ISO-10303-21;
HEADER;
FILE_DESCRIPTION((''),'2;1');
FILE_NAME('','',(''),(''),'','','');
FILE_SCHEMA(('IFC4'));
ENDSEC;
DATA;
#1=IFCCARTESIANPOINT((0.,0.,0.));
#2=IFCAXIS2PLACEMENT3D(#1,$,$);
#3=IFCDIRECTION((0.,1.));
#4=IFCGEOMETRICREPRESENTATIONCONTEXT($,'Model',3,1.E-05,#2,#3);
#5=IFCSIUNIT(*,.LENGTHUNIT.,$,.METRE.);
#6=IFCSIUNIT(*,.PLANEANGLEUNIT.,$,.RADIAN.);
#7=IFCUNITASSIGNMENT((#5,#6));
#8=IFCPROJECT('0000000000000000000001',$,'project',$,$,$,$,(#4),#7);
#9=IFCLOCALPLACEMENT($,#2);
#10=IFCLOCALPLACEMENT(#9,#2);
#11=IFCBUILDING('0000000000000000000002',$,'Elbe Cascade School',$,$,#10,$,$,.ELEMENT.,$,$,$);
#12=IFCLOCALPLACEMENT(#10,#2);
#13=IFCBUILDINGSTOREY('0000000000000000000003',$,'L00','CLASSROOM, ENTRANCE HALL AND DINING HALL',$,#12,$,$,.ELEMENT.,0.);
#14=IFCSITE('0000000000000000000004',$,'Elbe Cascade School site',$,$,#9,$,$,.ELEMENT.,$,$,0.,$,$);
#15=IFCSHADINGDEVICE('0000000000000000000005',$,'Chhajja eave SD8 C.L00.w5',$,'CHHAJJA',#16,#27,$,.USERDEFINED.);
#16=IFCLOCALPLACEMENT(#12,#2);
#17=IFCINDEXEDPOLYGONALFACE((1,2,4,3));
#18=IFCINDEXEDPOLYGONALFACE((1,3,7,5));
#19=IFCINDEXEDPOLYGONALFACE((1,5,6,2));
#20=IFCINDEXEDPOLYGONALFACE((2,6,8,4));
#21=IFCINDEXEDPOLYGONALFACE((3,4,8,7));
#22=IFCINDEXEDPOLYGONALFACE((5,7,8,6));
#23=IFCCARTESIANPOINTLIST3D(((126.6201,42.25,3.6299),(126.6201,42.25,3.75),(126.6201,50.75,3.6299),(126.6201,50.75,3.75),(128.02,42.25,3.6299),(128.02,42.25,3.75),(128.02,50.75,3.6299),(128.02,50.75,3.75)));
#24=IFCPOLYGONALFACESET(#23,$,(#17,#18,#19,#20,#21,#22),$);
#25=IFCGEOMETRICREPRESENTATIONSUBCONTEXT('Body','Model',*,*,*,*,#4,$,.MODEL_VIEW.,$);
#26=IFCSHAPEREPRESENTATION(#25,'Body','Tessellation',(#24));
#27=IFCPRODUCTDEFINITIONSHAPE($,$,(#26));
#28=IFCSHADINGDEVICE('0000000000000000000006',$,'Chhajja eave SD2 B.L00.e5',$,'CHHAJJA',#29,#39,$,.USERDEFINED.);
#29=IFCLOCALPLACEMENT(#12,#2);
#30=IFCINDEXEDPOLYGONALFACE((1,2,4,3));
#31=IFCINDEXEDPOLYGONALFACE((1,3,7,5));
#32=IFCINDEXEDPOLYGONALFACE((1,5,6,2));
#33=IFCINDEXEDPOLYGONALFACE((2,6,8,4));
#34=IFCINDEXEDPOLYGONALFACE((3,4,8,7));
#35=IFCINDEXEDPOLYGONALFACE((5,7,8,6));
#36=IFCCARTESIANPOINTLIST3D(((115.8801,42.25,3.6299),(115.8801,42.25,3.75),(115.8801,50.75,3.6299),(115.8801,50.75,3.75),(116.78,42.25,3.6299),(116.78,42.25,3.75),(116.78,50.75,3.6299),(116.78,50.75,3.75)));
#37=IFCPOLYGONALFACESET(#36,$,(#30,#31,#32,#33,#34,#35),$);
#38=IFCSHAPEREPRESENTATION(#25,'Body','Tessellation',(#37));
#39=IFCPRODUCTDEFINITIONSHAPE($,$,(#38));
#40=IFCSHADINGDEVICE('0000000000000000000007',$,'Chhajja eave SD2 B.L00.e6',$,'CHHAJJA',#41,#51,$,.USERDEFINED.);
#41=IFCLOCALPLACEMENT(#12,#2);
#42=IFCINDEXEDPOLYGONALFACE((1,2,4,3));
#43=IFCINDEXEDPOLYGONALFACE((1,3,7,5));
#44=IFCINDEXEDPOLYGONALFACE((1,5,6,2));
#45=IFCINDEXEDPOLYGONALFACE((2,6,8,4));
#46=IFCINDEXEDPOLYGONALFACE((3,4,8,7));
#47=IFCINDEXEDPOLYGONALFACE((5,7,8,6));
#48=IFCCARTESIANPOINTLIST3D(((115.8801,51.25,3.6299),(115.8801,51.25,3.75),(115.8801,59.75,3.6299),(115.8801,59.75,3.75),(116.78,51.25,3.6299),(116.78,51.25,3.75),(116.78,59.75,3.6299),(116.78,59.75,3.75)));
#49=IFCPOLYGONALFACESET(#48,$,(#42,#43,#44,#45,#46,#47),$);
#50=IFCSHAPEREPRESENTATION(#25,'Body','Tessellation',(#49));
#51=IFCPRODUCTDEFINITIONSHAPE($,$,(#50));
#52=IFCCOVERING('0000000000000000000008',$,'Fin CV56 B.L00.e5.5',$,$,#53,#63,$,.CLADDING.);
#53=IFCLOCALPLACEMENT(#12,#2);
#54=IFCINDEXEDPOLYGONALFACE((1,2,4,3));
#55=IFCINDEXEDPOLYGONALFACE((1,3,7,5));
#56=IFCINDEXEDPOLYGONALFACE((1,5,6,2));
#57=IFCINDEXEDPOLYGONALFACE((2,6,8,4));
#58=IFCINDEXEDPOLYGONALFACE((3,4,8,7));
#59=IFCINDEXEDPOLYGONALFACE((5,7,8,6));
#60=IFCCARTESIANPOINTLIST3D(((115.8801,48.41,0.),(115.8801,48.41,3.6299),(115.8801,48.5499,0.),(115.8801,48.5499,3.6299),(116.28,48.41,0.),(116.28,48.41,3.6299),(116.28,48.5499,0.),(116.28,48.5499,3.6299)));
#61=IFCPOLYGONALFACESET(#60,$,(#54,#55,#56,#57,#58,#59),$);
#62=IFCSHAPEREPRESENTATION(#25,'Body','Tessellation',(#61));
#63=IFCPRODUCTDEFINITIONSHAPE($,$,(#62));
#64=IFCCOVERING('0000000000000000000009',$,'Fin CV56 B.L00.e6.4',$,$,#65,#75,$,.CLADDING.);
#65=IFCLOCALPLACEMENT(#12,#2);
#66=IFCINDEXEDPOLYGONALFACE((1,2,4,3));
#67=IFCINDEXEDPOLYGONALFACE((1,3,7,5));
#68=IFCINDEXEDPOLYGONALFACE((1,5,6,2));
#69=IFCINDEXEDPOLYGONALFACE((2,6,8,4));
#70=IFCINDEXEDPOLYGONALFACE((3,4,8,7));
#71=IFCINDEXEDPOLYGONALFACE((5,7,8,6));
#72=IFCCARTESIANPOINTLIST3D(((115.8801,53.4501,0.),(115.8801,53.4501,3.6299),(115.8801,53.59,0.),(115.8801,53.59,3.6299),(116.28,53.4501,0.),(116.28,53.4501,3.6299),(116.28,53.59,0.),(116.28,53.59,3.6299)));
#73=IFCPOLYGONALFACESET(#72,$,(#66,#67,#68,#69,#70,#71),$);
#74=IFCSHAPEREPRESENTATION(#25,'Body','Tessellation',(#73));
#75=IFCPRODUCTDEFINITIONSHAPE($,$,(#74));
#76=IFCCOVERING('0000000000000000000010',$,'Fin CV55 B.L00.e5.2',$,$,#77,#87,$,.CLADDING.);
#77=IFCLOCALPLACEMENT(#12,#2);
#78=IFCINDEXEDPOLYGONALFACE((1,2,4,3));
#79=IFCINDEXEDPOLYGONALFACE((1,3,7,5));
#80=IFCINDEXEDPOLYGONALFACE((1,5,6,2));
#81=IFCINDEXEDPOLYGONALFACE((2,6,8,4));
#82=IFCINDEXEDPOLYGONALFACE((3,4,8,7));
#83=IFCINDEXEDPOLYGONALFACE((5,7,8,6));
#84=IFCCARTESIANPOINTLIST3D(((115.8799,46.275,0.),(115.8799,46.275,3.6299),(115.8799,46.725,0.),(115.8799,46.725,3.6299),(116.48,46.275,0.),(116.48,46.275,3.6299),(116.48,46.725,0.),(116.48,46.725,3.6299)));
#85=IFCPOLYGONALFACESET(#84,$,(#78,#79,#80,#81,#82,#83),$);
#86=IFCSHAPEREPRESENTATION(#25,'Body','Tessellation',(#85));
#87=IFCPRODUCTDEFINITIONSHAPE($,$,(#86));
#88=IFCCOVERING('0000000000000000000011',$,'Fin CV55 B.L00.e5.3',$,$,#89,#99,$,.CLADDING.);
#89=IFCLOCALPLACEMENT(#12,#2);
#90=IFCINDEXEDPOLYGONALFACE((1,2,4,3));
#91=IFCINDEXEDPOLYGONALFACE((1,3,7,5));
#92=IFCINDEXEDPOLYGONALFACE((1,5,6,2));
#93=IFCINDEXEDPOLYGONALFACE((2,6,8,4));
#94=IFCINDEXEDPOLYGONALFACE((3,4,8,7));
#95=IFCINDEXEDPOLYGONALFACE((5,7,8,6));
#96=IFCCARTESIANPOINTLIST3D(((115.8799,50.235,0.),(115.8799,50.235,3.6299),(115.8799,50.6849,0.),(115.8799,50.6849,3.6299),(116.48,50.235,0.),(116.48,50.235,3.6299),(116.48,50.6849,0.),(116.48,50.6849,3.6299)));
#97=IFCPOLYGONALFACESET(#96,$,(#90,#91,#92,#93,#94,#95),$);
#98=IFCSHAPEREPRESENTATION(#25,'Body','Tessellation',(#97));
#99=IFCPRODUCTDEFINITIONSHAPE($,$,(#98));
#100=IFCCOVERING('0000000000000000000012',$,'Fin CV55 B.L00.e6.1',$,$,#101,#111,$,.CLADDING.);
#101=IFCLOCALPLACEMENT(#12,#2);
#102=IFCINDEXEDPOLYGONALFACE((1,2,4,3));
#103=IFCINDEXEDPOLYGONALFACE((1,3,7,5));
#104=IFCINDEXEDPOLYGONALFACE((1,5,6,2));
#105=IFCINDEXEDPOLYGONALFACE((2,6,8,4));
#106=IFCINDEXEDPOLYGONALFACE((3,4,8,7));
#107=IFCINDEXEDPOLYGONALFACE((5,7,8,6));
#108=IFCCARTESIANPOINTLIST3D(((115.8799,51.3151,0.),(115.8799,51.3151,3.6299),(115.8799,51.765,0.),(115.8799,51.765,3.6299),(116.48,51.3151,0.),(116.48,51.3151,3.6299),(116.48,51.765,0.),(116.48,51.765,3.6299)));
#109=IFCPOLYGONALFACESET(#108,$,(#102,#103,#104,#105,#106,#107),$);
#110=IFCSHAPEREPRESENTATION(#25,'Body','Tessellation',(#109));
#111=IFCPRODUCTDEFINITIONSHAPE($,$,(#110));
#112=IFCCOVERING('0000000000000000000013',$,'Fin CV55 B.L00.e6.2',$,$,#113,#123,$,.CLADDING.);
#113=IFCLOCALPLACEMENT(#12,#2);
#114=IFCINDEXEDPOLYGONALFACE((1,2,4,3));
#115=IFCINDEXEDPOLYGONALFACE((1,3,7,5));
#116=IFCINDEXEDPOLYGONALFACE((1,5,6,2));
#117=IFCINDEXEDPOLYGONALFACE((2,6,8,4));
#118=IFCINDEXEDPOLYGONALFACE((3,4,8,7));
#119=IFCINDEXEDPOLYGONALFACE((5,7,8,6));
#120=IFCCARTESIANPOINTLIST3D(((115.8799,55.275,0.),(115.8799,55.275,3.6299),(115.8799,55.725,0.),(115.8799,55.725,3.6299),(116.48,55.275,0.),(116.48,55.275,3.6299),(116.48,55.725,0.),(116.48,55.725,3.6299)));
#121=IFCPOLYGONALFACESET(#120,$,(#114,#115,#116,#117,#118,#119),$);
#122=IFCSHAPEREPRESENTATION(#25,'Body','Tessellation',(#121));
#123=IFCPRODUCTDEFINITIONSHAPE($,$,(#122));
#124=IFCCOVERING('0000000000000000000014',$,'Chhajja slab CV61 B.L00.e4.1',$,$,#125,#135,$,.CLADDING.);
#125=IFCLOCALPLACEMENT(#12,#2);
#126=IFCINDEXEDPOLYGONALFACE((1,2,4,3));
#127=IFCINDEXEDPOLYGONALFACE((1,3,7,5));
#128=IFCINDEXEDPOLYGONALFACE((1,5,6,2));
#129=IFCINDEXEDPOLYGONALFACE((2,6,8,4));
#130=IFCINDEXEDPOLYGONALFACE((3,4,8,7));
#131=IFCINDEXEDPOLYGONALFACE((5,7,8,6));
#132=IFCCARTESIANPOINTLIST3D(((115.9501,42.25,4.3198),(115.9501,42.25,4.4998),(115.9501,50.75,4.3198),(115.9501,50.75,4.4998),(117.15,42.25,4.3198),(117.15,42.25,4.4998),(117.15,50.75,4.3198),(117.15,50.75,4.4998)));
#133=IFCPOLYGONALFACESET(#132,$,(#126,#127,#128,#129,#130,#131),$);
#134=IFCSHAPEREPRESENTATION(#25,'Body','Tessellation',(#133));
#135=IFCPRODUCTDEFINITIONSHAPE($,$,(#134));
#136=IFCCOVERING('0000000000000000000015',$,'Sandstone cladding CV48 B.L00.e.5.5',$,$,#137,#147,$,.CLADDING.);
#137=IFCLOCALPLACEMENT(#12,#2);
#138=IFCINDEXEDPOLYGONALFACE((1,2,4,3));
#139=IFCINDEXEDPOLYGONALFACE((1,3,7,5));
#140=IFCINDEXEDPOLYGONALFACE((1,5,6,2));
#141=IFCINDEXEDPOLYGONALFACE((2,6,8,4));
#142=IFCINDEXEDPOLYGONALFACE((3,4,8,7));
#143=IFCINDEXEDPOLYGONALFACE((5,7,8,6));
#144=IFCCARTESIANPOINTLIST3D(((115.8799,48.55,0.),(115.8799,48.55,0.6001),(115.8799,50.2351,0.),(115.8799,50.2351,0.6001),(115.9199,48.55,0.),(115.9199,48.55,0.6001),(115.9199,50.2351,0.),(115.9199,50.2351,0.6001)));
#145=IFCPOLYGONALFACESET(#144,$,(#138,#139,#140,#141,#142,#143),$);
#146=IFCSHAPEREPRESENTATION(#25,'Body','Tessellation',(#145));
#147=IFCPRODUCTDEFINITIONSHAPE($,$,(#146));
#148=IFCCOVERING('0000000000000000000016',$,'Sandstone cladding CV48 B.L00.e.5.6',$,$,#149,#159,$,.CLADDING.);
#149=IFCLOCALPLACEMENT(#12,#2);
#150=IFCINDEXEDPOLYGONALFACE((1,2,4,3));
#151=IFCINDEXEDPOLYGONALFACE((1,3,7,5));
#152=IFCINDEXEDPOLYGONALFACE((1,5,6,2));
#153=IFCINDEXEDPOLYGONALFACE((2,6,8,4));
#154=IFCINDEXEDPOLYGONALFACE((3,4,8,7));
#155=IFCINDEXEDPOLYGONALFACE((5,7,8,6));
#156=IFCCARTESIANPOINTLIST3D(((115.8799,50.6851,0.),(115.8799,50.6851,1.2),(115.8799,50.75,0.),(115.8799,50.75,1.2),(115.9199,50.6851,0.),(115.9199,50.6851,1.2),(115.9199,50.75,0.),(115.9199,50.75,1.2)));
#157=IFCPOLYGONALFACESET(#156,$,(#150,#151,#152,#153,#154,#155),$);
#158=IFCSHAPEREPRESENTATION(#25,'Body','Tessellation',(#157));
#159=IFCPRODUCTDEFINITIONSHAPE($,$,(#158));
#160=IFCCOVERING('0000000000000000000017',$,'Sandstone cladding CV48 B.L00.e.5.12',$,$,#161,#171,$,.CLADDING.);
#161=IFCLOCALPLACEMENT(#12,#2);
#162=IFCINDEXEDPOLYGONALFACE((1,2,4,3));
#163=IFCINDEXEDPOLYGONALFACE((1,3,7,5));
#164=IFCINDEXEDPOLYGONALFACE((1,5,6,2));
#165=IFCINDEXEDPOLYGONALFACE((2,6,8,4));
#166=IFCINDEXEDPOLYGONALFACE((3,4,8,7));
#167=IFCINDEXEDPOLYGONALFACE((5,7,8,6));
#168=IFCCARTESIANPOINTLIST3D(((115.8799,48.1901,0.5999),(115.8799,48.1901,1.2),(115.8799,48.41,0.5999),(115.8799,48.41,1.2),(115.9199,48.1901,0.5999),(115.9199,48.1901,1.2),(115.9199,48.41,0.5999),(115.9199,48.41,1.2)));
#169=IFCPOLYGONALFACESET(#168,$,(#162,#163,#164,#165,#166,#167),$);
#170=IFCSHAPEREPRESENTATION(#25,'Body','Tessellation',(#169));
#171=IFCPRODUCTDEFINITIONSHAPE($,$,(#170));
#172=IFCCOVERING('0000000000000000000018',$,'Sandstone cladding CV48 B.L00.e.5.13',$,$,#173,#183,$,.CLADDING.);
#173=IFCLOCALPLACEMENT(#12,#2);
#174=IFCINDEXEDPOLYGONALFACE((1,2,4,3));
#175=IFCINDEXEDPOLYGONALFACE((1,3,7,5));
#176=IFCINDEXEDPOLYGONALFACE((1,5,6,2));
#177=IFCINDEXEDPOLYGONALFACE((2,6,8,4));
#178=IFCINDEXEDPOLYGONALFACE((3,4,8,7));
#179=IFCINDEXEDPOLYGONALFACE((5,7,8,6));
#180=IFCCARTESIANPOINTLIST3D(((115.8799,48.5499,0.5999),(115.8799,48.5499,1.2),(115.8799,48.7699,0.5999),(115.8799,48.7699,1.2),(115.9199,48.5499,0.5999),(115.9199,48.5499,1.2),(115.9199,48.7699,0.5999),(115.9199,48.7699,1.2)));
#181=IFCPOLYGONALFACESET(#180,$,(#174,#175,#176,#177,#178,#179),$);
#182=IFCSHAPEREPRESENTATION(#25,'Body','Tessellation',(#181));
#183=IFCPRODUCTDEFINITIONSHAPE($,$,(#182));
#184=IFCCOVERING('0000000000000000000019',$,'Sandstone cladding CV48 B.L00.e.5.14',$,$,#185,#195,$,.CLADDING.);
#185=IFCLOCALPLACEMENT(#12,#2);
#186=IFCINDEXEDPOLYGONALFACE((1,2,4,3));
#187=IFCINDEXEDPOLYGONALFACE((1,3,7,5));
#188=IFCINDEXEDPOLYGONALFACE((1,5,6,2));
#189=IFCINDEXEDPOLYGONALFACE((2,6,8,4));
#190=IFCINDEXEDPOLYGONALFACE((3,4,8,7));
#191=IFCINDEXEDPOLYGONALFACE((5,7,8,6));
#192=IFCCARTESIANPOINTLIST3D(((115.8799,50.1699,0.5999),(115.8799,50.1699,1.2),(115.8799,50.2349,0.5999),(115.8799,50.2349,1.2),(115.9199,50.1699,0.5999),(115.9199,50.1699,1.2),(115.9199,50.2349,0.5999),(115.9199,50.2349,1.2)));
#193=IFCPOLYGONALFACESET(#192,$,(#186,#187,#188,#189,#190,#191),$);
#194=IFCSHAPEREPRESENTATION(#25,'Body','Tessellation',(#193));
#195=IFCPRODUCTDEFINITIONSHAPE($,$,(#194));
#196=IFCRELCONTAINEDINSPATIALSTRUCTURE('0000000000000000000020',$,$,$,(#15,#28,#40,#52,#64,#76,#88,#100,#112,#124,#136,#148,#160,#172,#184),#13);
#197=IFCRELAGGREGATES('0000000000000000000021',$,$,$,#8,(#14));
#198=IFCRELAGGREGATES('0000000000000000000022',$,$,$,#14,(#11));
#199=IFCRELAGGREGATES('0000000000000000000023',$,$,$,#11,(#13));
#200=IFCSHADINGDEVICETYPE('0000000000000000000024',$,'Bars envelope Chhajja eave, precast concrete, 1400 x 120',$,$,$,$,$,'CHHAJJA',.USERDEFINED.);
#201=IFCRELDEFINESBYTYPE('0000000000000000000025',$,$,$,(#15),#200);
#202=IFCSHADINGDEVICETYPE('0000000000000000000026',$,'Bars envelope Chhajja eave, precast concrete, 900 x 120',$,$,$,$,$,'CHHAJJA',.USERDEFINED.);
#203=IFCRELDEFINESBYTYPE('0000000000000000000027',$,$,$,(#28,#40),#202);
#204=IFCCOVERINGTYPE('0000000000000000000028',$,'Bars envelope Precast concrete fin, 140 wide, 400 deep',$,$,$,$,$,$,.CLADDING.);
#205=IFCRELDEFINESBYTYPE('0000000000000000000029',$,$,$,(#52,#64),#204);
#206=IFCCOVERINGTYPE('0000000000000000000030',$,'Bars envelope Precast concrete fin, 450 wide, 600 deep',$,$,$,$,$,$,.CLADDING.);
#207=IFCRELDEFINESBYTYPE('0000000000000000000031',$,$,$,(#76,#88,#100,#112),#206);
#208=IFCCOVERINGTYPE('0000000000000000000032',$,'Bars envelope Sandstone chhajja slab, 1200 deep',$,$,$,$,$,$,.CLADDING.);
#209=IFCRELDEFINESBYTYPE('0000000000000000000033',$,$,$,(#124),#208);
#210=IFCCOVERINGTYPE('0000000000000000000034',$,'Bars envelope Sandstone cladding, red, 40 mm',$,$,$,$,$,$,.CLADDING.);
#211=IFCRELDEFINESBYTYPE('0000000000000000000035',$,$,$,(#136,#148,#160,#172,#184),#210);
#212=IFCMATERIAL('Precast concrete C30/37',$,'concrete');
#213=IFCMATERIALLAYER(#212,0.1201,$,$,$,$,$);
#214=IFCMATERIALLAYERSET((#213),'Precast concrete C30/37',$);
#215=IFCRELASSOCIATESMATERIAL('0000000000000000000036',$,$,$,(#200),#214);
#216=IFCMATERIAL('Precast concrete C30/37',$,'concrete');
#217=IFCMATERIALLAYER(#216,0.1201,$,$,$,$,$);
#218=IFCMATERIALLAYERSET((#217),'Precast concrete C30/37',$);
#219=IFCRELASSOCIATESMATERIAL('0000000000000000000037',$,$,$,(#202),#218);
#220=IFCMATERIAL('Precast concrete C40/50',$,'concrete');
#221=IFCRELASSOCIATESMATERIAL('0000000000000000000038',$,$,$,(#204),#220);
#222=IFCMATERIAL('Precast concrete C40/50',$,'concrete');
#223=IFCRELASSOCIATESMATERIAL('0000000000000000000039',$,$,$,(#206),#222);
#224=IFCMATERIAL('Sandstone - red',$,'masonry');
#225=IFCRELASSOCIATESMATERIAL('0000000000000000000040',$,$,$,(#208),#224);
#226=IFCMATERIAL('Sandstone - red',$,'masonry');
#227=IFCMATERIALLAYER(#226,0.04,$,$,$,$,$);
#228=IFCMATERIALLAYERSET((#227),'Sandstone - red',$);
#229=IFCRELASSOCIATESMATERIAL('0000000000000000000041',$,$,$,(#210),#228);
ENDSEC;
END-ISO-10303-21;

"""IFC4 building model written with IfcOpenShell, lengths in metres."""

from ifc_helpers import new_model, si_unit, direction, frame, origin, origin_2d, place, context, subcontext, project, spatial, rectangle, extrude, material, layer, layer_set, type_object, element, save


model = new_model("IFC4")

# Units and contexts
model_context = context("Model", 3, precision=1e-05, world=origin(), true_north=direction((0.0, 1.0)))
body_context = subcontext(model_context, "Body", "Model", "MODEL_VIEW")
ifc_project = project(units=[si_unit("LENGTHUNIT", "METRE"), si_unit("PLANEANGLEUNIT", "RADIAN")], contexts=[model_context])

# Site, building, storey
site_placement = place(None, origin())
site = spatial("IfcSite", under=ifc_project, at=site_placement, Name="Elbe Cascade School site", CompositionType="ELEMENT", RefElevation=0.0)
building_placement = place(site_placement, origin())
building = spatial("IfcBuilding", under=site, at=building_placement, Name="Elbe Cascade School", CompositionType="ELEMENT")
storey_placement = place(building_placement, origin())
storey = spatial("IfcBuildingStorey", under=building, at=storey_placement, Name="L00", Description="CLASSROOM, ENTRANCE HALL AND DINING HALL", CompositionType="ELEMENT", Elevation=0.0)

# Shading devices
ifc_material_1 = material(Name="Precast concrete C30/37", Category="concrete")
ifc_layer_1 = layer(ifc_material_1, 0.1201)
ifc_layer_set_1 = layer_set([ifc_layer_1], Name="Precast concrete C30/37")
shading_device_type_1 = type_object("IfcShadingDeviceType", Name="Bars envelope Chhajja eave, precast concrete, 1400 x 120", ElementType="CHHAJJA", PredefinedType="USERDEFINED", material=ifc_layer_set_1)
shading_device_placement = place(storey_placement, frame((127.3201, 46.5, 3.6299), z_axis=(0.0, 0.0, 1.0), x_axis=(0.0, 1.0, 0.0)))
element("IfcShadingDevice", 1, at=shading_device_placement, inside=storey, type_object=shading_device_type_1, Name="Chhajja eave SD8 C.L00.w5", ObjectType="CHHAJJA", PredefinedType="USERDEFINED", context=body_context, shape_type="SweptSolid", body=[
    extrude(rectangle(XDim=8.5, YDim=1.3999, at=origin_2d()), origin(), (0.0, 0.0, 1.0), 0.1201),
])
ifc_material_2 = material(Name="Precast concrete C30/37", Category="concrete")
ifc_layer_2 = layer(ifc_material_2, 0.1201)
ifc_layer_set_2 = layer_set([ifc_layer_2], Name="Precast concrete C30/37")
shading_device_type_2 = type_object("IfcShadingDeviceType", Name="Bars envelope Chhajja eave, precast concrete, 900 x 120", ElementType="CHHAJJA", PredefinedType="USERDEFINED", material=ifc_layer_set_2)
for number, where, z_axis, x_axis, name in (
    (2, (116.3301, 46.5, 3.6299), (0.0, 0.0, 1.0), (0.0, 1.0, 0.0), "Chhajja eave SD2 B.L00.e5"),
    (3, (116.3301, 55.5, 3.6299), (0.0, 0.0, 1.0), (0.0, 1.0, 0.0), "Chhajja eave SD2 B.L00.e6"),
):
    element("IfcShadingDevice", number, at=place(storey_placement, frame(where, z_axis=z_axis, x_axis=x_axis)), inside=storey, type_object=shading_device_type_2, Name=name, ObjectType="CHHAJJA", PredefinedType="USERDEFINED", context=body_context, shape_type="SweptSolid", body=[
        extrude(rectangle(XDim=8.5, YDim=0.8999, at=origin_2d()), origin(), (0.0, 0.0, 1.0), 0.1201),
    ])

# Coverings
ifc_material_3 = material(Name="Precast concrete C40/50", Category="concrete")
covering_type_1 = type_object("IfcCoveringType", Name="Bars envelope Precast concrete fin, 140 wide, 400 deep", PredefinedType="CLADDING", material=ifc_material_3)
for number, where, z_axis, x_axis, name in (
    (4, (116.0801, 48.48, 0.0), (0.0, 0.0, 1.0), (0.0, 1.0, 0.0), "Fin CV56 B.L00.e5.5"),
    (5, (116.0801, 53.52, 0.0), (0.0, 0.0, 1.0), (0.0, 1.0, 0.0), "Fin CV56 B.L00.e6.4"),
):
    element("IfcCovering", number, at=place(storey_placement, frame(where, z_axis=z_axis, x_axis=x_axis)), inside=storey, type_object=covering_type_1, Name=name, PredefinedType="CLADDING", context=body_context, shape_type="SweptSolid", body=[
        extrude(rectangle(XDim=0.1399, YDim=0.3999, at=origin_2d()), origin(), (0.0, 0.0, 1.0), 3.6299),
    ])
ifc_material_4 = material(Name="Precast concrete C40/50", Category="concrete")
covering_type_2 = type_object("IfcCoveringType", Name="Bars envelope Precast concrete fin, 450 wide, 600 deep", PredefinedType="CLADDING", material=ifc_material_4)
for number, where, z_axis, x_axis, name in (
    (6, (116.1799, 46.5, 0.0), (0.0, 0.0, 1.0), (0.0, 1.0, 0.0), "Fin CV55 B.L00.e5.2"),
    (7, (116.1799, 50.46, 0.0), (0.0, 0.0, 1.0), (0.0, 1.0, 0.0), "Fin CV55 B.L00.e5.3"),
    (8, (116.1799, 51.54, 0.0), (0.0, 0.0, 1.0), (0.0, 1.0, 0.0), "Fin CV55 B.L00.e6.1"),
    (9, (116.1799, 55.5, 0.0), (0.0, 0.0, 1.0), (0.0, 1.0, 0.0), "Fin CV55 B.L00.e6.2"),
):
    element("IfcCovering", number, at=place(storey_placement, frame(where, z_axis=z_axis, x_axis=x_axis)), inside=storey, type_object=covering_type_2, Name=name, PredefinedType="CLADDING", context=body_context, shape_type="SweptSolid", body=[
        extrude(rectangle(XDim=0.45, YDim=0.6001, at=origin_2d()), origin(), (0.0, 0.0, 1.0), 3.6299),
    ])
ifc_material_5 = material(Name="Sandstone - red", Category="masonry")
covering_type_3 = type_object("IfcCoveringType", Name="Bars envelope Sandstone chhajja slab, 1200 deep", PredefinedType="CLADDING", material=ifc_material_5)
covering_1_placement = place(storey_placement, frame((116.55, 46.5, 4.3198), z_axis=(0.0, 0.0, 1.0), x_axis=(0.0, 1.0, 0.0)))
element("IfcCovering", 10, at=covering_1_placement, inside=storey, type_object=covering_type_3, Name="Chhajja slab CV61 B.L00.e4.1", PredefinedType="CLADDING", context=body_context, shape_type="SweptSolid", body=[
    extrude(rectangle(XDim=8.5, YDim=1.2, at=origin_2d()), origin(), (0.0, 0.0, 1.0), 0.1799),
])
ifc_material_6 = material(Name="Sandstone - red", Category="masonry")
ifc_layer_3 = layer(ifc_material_6, 0.04)
ifc_layer_set_3 = layer_set([ifc_layer_3], Name="Sandstone - red")
covering_type_4 = type_object("IfcCoveringType", Name="Bars envelope Sandstone cladding, red, 40 mm", PredefinedType="CLADDING", material=ifc_layer_set_3)
covering_2_placement = place(storey_placement, frame((115.8999, 49.3926, 0.0), z_axis=(0.0, 0.0, 1.0), x_axis=(0.0, 1.0, 0.0)))
element("IfcCovering", 11, at=covering_2_placement, inside=storey, type_object=covering_type_4, Name="Sandstone cladding CV48 B.L00.e.5.5", PredefinedType="CLADDING", context=body_context, shape_type="SweptSolid", body=[
    extrude(rectangle(XDim=1.6851, YDim=0.04, at=origin_2d()), origin(), (0.0, 0.0, 1.0), 0.6001),
])
covering_3_placement = place(storey_placement, frame((115.8999, 50.7175, 0.0), z_axis=(0.0, 0.0, 1.0), x_axis=(0.0, 1.0, 0.0)))
element("IfcCovering", 12, at=covering_3_placement, inside=storey, type_object=covering_type_4, Name="Sandstone cladding CV48 B.L00.e.5.6", PredefinedType="CLADDING", context=body_context, shape_type="SweptSolid", body=[
    extrude(rectangle(XDim=0.0649, YDim=0.04, at=origin_2d()), origin(), (0.0, 0.0, 1.0), 1.2),
])
for number, where, z_axis, x_axis, name in (
    (13, (115.8999, 48.3, 0.5999), (0.0, 0.0, 1.0), (0.0, 1.0, 0.0), "Sandstone cladding CV48 B.L00.e.5.12"),
    (14, (115.8999, 48.6599, 0.5999), (0.0, 0.0, 1.0), (0.0, 1.0, 0.0), "Sandstone cladding CV48 B.L00.e.5.13"),
):
    element("IfcCovering", number, at=place(storey_placement, frame(where, z_axis=z_axis, x_axis=x_axis)), inside=storey, type_object=covering_type_4, Name=name, PredefinedType="CLADDING", context=body_context, shape_type="SweptSolid", body=[
        extrude(rectangle(XDim=0.22, YDim=0.04, at=origin_2d()), origin(), (0.0, 0.0, 1.0), 0.6001),
    ])
covering_4_placement = place(storey_placement, frame((115.8999, 50.2024, 0.5999), z_axis=(0.0, 0.0, 1.0), x_axis=(0.0, 1.0, 0.0)))
element("IfcCovering", 15, at=covering_4_placement, inside=storey, type_object=covering_type_4, Name="Sandstone cladding CV48 B.L00.e.5.14", PredefinedType="CLADDING", context=body_context, shape_type="SweptSolid", body=[
    extrude(rectangle(XDim=0.0649, YDim=0.04, at=origin_2d()), origin(), (0.0, 0.0, 1.0), 0.6001),
])

save(model, "model.ifc")
